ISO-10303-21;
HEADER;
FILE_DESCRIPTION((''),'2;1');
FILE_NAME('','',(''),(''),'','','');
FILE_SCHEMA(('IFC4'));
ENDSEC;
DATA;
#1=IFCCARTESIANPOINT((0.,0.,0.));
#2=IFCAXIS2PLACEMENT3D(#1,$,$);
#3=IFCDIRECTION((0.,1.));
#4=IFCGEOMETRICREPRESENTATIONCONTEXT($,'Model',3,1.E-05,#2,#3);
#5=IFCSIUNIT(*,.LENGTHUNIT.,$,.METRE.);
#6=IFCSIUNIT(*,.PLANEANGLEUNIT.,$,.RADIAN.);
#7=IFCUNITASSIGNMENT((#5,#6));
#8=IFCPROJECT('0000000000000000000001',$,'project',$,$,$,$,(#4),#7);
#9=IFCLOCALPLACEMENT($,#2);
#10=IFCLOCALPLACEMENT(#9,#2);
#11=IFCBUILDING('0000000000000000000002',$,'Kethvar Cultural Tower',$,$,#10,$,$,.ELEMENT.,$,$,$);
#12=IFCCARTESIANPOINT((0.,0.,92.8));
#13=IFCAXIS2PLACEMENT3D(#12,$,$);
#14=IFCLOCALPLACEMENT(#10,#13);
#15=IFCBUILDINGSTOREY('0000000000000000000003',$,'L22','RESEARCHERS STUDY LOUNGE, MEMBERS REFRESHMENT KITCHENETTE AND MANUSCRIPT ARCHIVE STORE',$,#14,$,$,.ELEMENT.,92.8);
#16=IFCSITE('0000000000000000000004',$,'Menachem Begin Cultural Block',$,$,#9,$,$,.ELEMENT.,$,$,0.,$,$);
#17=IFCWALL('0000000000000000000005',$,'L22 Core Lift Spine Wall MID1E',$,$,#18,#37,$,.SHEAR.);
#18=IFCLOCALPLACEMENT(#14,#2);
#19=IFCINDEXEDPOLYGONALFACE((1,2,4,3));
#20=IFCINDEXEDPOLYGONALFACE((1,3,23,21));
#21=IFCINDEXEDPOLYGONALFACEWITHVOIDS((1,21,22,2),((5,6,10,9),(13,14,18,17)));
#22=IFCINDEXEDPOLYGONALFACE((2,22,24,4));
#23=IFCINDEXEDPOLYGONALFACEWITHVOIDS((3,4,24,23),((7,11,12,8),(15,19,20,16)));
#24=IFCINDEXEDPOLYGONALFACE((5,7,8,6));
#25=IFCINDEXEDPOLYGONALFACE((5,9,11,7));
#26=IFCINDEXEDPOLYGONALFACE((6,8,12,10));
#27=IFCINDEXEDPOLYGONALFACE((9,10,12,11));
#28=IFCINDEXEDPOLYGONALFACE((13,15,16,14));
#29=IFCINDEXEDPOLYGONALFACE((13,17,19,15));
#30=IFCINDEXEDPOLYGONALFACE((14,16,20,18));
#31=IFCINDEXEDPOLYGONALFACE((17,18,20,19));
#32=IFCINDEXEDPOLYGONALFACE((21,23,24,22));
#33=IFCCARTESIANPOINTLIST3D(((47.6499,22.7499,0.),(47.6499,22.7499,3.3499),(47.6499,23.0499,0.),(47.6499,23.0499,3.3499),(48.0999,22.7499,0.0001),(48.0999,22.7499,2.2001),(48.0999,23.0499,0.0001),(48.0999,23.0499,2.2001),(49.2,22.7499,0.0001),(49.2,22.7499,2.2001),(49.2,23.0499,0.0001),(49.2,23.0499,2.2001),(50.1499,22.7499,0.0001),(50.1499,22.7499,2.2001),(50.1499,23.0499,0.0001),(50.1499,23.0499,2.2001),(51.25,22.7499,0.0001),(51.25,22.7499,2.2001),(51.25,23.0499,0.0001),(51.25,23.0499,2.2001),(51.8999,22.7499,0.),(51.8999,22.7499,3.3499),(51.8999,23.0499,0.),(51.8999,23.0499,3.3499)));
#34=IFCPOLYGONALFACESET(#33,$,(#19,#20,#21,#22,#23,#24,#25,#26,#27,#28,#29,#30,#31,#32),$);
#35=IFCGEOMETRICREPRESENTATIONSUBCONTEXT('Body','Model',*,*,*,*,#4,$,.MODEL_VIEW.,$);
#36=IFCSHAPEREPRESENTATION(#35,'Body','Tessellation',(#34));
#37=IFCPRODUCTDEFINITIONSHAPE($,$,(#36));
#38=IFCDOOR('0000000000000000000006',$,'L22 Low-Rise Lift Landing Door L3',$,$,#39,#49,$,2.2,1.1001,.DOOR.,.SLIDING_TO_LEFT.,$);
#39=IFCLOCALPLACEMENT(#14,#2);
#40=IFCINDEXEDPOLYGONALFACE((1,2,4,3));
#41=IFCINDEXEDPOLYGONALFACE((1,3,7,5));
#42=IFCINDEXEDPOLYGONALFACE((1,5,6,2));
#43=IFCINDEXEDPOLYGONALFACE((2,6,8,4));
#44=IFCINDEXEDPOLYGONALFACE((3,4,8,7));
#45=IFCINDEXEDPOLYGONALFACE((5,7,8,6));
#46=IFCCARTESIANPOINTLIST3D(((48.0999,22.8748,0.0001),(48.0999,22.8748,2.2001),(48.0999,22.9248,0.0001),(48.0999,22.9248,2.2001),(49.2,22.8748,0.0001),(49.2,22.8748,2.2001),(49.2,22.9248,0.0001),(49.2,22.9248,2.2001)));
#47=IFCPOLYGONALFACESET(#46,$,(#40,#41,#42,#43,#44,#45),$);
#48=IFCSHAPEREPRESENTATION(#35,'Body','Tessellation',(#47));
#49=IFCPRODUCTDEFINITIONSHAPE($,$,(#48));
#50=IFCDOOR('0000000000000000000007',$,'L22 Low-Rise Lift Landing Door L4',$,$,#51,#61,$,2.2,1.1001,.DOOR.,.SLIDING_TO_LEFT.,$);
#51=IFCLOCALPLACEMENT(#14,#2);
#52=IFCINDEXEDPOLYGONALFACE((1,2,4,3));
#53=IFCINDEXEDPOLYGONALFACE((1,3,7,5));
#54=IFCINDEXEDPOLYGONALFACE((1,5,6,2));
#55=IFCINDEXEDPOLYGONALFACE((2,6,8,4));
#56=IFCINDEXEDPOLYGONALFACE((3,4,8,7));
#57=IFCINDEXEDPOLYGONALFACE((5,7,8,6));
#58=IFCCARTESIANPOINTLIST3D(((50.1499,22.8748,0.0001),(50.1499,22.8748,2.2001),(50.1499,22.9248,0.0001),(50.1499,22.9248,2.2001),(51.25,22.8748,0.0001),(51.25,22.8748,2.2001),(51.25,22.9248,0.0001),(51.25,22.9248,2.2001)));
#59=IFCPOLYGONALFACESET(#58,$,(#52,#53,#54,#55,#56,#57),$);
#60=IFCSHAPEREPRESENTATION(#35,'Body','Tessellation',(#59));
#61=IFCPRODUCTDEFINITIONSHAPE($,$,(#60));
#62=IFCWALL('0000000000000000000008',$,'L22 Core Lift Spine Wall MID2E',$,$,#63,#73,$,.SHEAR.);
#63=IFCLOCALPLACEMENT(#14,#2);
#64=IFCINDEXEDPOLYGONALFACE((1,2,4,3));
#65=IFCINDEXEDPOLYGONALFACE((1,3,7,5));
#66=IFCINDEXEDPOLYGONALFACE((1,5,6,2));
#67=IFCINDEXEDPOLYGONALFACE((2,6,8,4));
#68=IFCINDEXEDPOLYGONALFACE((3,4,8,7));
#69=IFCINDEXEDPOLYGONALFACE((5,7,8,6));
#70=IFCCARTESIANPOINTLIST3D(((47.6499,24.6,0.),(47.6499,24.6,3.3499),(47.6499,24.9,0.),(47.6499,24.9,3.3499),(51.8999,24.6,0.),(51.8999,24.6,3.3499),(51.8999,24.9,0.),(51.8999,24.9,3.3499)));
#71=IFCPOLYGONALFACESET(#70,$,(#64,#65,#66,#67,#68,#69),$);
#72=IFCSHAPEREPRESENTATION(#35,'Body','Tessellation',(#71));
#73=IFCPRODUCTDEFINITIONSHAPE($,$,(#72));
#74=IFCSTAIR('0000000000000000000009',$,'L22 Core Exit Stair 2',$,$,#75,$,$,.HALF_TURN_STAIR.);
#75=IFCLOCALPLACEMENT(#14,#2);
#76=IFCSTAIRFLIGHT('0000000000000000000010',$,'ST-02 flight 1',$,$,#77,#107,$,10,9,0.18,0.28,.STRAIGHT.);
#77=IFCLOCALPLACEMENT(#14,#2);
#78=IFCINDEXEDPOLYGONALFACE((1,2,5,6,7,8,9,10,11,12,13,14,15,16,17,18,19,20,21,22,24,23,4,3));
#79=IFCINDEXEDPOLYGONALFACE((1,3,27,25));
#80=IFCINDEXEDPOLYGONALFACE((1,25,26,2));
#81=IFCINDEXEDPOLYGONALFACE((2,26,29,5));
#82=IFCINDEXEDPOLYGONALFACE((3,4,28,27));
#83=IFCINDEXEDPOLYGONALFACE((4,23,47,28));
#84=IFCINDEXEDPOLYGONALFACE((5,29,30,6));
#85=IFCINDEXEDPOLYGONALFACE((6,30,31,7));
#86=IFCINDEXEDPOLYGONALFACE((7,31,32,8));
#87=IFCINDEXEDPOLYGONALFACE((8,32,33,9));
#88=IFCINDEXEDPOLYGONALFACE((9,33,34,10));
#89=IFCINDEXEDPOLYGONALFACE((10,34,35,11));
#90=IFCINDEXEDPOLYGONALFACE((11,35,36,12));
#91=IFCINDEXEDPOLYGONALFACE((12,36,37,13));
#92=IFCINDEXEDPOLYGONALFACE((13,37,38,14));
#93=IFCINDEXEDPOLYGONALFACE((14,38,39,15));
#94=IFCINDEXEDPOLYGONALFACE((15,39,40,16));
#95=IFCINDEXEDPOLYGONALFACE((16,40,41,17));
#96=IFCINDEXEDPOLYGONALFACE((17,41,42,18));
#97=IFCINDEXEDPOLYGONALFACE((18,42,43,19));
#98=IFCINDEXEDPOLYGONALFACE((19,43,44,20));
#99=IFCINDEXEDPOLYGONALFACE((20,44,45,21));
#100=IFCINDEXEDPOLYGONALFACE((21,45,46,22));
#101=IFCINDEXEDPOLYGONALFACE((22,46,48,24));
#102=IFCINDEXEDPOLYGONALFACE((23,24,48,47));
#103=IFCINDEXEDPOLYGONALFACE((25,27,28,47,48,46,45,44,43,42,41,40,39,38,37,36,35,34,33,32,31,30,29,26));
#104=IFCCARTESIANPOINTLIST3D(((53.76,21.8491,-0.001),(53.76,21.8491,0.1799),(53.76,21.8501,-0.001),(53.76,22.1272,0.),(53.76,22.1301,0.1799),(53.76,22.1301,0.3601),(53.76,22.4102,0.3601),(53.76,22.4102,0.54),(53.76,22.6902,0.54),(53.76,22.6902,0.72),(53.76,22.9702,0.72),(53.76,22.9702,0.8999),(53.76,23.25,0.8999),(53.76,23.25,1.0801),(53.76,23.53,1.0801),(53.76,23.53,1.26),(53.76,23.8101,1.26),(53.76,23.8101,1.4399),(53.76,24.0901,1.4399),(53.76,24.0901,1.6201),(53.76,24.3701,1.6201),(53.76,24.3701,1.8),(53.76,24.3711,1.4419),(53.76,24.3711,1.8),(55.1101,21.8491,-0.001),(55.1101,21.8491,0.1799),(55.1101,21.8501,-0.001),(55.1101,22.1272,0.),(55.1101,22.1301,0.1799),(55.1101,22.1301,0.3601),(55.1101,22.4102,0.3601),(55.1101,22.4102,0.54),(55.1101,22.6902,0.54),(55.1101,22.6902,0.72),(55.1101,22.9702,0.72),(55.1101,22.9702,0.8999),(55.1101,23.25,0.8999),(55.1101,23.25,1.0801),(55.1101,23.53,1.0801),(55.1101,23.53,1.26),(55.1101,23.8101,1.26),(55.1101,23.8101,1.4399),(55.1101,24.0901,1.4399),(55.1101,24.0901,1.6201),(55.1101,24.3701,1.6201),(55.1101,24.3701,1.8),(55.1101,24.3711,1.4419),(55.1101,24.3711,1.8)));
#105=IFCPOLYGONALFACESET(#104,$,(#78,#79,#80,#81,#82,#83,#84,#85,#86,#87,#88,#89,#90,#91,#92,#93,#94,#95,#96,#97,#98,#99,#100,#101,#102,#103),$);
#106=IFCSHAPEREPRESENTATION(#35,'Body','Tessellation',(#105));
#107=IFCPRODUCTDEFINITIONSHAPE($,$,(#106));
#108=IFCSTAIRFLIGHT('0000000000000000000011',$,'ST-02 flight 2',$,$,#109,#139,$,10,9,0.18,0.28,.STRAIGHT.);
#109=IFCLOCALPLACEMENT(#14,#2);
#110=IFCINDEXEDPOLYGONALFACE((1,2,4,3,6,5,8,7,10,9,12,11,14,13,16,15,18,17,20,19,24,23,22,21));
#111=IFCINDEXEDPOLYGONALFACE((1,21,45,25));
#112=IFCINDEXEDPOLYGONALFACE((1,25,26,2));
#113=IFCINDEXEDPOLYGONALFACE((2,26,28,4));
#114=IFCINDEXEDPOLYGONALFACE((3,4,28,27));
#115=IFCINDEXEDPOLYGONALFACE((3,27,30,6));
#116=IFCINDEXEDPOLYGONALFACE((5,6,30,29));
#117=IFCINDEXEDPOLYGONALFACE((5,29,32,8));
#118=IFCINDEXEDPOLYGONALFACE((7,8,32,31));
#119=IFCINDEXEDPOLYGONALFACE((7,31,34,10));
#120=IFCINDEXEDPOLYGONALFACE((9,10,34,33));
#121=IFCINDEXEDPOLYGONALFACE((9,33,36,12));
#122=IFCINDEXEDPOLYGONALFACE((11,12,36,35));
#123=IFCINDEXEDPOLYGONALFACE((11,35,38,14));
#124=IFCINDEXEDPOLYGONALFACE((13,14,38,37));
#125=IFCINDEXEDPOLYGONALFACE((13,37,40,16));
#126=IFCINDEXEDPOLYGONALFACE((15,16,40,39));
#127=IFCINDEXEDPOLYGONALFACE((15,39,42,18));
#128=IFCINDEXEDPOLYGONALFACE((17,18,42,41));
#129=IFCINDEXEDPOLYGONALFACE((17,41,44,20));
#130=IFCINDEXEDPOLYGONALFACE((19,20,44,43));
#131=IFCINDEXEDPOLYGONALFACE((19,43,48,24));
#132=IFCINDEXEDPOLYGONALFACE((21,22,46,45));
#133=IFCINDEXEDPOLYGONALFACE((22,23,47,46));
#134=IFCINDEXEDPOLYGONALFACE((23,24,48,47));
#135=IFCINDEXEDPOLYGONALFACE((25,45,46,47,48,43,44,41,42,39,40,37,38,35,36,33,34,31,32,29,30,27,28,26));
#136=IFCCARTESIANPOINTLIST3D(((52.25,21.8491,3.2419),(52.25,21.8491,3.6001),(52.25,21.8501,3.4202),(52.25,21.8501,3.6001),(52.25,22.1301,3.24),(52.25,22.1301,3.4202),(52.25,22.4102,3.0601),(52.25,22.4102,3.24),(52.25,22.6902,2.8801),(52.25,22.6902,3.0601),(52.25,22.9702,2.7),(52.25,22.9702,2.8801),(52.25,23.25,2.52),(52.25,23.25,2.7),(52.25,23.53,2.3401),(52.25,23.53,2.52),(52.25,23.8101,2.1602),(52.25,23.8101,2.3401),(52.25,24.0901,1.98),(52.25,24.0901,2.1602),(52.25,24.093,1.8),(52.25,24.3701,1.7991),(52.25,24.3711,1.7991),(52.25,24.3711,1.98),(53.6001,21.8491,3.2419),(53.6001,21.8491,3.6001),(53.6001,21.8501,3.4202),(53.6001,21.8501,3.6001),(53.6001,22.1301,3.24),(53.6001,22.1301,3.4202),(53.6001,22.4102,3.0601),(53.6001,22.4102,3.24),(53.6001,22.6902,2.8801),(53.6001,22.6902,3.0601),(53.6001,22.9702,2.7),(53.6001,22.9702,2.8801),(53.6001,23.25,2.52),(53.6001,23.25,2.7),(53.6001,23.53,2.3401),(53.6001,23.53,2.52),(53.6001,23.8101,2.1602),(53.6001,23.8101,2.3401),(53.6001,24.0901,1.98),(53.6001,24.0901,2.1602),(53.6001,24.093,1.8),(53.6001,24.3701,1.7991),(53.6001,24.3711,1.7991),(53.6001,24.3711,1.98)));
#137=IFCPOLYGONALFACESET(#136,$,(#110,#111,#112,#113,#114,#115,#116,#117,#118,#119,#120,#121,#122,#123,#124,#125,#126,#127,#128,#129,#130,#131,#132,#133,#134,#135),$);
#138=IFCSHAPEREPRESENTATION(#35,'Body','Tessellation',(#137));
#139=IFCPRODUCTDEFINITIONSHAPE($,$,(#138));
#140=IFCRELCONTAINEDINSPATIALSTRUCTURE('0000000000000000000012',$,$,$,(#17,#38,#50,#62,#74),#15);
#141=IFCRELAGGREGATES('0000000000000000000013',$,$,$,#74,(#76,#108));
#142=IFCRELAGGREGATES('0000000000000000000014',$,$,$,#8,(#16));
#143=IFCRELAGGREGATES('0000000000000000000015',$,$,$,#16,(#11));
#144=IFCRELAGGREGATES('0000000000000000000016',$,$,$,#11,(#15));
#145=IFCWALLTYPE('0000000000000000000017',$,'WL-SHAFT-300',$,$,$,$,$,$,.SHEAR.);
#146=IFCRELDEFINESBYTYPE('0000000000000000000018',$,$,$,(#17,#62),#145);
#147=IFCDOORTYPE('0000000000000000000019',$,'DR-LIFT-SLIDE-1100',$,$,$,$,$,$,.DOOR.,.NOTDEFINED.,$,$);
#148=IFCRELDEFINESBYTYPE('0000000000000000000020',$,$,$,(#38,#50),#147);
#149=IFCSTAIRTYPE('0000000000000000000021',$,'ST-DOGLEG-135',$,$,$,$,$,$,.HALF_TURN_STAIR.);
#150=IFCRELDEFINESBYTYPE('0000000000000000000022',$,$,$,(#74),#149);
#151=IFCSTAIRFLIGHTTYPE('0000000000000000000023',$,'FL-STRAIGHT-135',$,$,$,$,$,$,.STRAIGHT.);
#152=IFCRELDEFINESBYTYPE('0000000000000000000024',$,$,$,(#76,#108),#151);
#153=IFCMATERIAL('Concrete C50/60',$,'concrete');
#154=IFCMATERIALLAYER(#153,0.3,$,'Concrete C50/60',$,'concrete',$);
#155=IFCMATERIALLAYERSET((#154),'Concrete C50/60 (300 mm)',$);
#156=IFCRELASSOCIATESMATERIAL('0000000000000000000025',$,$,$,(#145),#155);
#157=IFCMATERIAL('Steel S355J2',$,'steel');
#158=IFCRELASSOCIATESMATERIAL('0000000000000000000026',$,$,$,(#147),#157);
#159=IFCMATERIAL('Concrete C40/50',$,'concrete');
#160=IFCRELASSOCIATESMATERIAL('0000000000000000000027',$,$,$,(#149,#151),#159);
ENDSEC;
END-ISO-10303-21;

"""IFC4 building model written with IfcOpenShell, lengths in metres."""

from ifc_helpers import new_model, si_unit, direction, frame, frame_2d, origin, place, context, subcontext, project, spatial, polyline, rectangle, outline, extrude, source, transform, mapped, material, layer, layer_set, type_object, element, fill, aggregate, save


model = new_model("IFC4")

# Units and contexts
model_context = context("Model", 3, precision=1e-05, world=origin(), true_north=direction((0.0, 1.0)))
body_context = subcontext(model_context, "Body", "Model", "MODEL_VIEW")
ifc_project = project(units=[si_unit("LENGTHUNIT", "METRE"), si_unit("PLANEANGLEUNIT", "RADIAN")], contexts=[model_context])

# Site, building, storey
site_placement = place(None, origin())
site = spatial("IfcSite", under=ifc_project, at=site_placement, Name="Menachem Begin Cultural Block", CompositionType="ELEMENT", RefElevation=0.0)
building_placement = place(site_placement, origin())
building = spatial("IfcBuilding", under=site, at=building_placement, Name="Kethvar Cultural Tower", CompositionType="ELEMENT")
storey_placement = place(building_placement, frame((0.0, 0.0, 92.8)))
storey = spatial("IfcBuildingStorey", under=building, at=storey_placement, Name="L22", Description="RESEARCHERS STUDY LOUNGE, MEMBERS REFRESHMENT KITCHENETTE AND MANUSCRIPT ARCHIVE STORE", CompositionType="ELEMENT", Elevation=92.8)

# Shared definitions
ifc_material_1 = material(Name="Steel S355J2", Category="steel")

# Wall, openings, doors
ifc_material_2 = material(Name="Concrete C50/60", Category="concrete")
ifc_layer_1 = layer(ifc_material_2, 0.3, Name="Concrete C50/60", Category="concrete")
ifc_layer_set_1 = layer_set([ifc_layer_1], Name="Concrete C50/60 (300 mm)")
wall_type_1 = type_object("IfcWallType", Name="WL-SHAFT-300", PredefinedType="SHEAR", material=ifc_layer_set_1)
wall_1_placement = place(storey_placement, frame((47.6499, 22.8999, 0.0), z_axis=(0.0, 0.0, 1.0), x_axis=(1.0, 0.0, 0.0)))
wall_1 = element("IfcWall", 1, at=wall_1_placement, inside=storey, type_object=wall_type_1, Name="L22 Core Lift Spine Wall MID1E", PredefinedType="SHEAR", context=body_context, shape_type="SweptSolid", body=[
    extrude(rectangle(XDim=4.25, YDim=0.3, at=frame_2d((2.125, 0.0))), origin(), (0.0, 0.0, 1.0), 3.3499),
])
opening_1_placement = place(wall_1_placement, frame((0.45, 0.0, 0.0)))
opening_1 = element("IfcOpeningElement", 2, at=opening_1_placement, cuts=wall_1, PredefinedType="OPENING", context=body_context, shape_type="SweptSolid", body=[
    extrude(rectangle(XDim=1.1001, YDim=2.2, at=frame_2d((0.55, 1.1001))), frame((0.0, 0.1599, 0.0), z_axis=(0.0, -1.0, 0.0), x_axis=(1.0, 0.0, 0.0)), (0.0, 0.0, 1.0), 0.3201),
])
opening_2_placement = place(wall_1_placement, frame((2.5, 0.0, 0.0)))
opening_2 = element("IfcOpeningElement", 3, at=opening_2_placement, cuts=wall_1, PredefinedType="OPENING", context=body_context, shape_type="SweptSolid", body=[
    extrude(rectangle(XDim=1.1001, YDim=2.2, at=frame_2d((0.55, 1.1001))), frame((0.0, 0.1599, 0.0), z_axis=(0.0, -1.0, 0.0), x_axis=(1.0, 0.0, 0.0)), (0.0, 0.0, 1.0), 0.3201),
])
door_type = type_object("IfcDoorType", Name="DR-LIFT-SLIDE-1100", OperationType="NOTDEFINED", PredefinedType="DOOR", material=ifc_material_1)
shared_shape_1 = source(origin(), body_context, "Body", "SweptSolid", [
    extrude(rectangle(XDim=1.1001, YDim=2.2, at=frame_2d((0.55, 1.1001))), frame((0.0, 0.0249, 0.0), z_axis=(0.0, -1.0, 0.0), x_axis=(1.0, 0.0, 0.0)), (0.0, 0.0, 1.0), 0.05),
])
door_1_placement = place(opening_1_placement, origin())
door_1 = element("IfcDoor", 4, at=door_1_placement, inside=storey, type_object=door_type, Name="L22 Low-Rise Lift Landing Door L3", OperationType="SLIDING_TO_LEFT", OverallHeight=2.2, OverallWidth=1.1001, PredefinedType="DOOR", context=body_context, shape_type="MappedRepresentation", body=[
    mapped(shared_shape_1, transform((0.0, 0.0, 0.0), scale=1.0)),
])
fill(opening_1, door_1)
door_2_placement = place(opening_2_placement, origin())
door_2 = element("IfcDoor", 5, at=door_2_placement, inside=storey, type_object=door_type, Name="L22 Low-Rise Lift Landing Door L4", OperationType="SLIDING_TO_LEFT", OverallHeight=2.2, OverallWidth=1.1001, PredefinedType="DOOR", context=body_context, shape_type="MappedRepresentation", body=[
    mapped(shared_shape_1, transform((0.0, 0.0, 0.0), scale=1.0)),
])
fill(opening_2, door_2)

# Wall
wall_2_placement = place(storey_placement, frame((47.6499, 24.75, 0.0), z_axis=(0.0, 0.0, 1.0), x_axis=(1.0, 0.0, 0.0)))
element("IfcWall", 6, at=wall_2_placement, inside=storey, type_object=wall_type_1, Name="L22 Core Lift Spine Wall MID2E", PredefinedType="SHEAR", context=body_context, shape_type="SweptSolid", body=[
    extrude(rectangle(XDim=4.25, YDim=0.3, at=frame_2d((2.125, 0.0))), origin(), (0.0, 0.0, 1.0), 3.3499),
])

# Stair, stair flights
ifc_material_3 = material(Name="Concrete C40/50", Category="concrete")
stair_type = type_object("IfcStairType", Name="ST-DOGLEG-135", PredefinedType="HALF_TURN_STAIR", material=ifc_material_3)
stair_placement = place(storey_placement, origin())
stair = element("IfcStair", 7, at=stair_placement, inside=storey, type_object=stair_type, Name="L22 Core Exit Stair 2", PredefinedType="HALF_TURN_STAIR")
stair_flight_type = type_object("IfcStairFlightType", Name="FL-STRAIGHT-135", PredefinedType="STRAIGHT", material=ifc_material_3)
stair_flight_1_placement = place(storey_placement, frame((54.4351, 21.8501, 0.0), z_axis=(0.0, 0.0, 1.0), x_axis=(0.0, 1.0, 0.0)))
stair_flight_1 = element("IfcStairFlight", 8, at=stair_flight_1_placement, type_object=stair_flight_type, Name="ST-02 flight 1", NumberOfRisers=10, NumberOfTreads=9, PredefinedType="STRAIGHT", RiserHeight=0.18, TreadLength=0.28, context=body_context, shape_type="SweptSolid", body=[
    extrude(outline(polyline([(-0.001, -0.001), (-0.001, 0.1799), (0.28, 0.1799), (0.28, 0.3601), (0.5601, 0.3601), (0.5601, 0.54), (0.8401, 0.54), (0.8401, 0.72), (1.1201, 0.72), (1.1201, 0.8999), (1.3999, 0.8999), (1.3999, 1.0801), (1.6799, 1.0801), (1.6799, 1.26), (1.96, 1.26), (1.96, 1.4399), (2.24, 1.4399), (2.24, 1.6201), (2.52, 1.6201), (2.52, 1.8), (2.521, 1.8), (2.521, 1.4419), (0.2771, 0.0), (0.0, -0.001), (-0.001, -0.001)])), frame((0.0, 0.675, 0.0), z_axis=(0.0, -1.0, 0.0), x_axis=(1.0, 0.0, 0.0)), (0.0, 0.0, 1.0), 1.3501),
])
stair_flight_2_placement = place(storey_placement, frame((52.925, 24.3701, 1.8), z_axis=(0.0, 0.0, 1.0), x_axis=(0.0, -1.0, 0.0)))
stair_flight_2 = element("IfcStairFlight", 9, at=stair_flight_2_placement, type_object=stair_flight_type, Name="ST-02 flight 2", NumberOfRisers=10, NumberOfTreads=9, PredefinedType="STRAIGHT", RiserHeight=0.18, TreadLength=0.28, context=body_context, shape_type="SweptSolid", body=[
    extrude(outline(polyline([(-0.001, -0.001), (-0.001, 0.1799), (0.28, 0.1799), (0.28, 0.3601), (0.5601, 0.3601), (0.5601, 0.54), (0.8401, 0.54), (0.8401, 0.72), (1.1201, 0.72), (1.1201, 0.8999), (1.3999, 0.8999), (1.3999, 1.0801), (1.6799, 1.0801), (1.6799, 1.26), (1.96, 1.26), (1.96, 1.4399), (2.24, 1.4399), (2.24, 1.6201), (2.52, 1.6201), (2.52, 1.8), (2.521, 1.8), (2.521, 1.4419), (0.2771, 0.0), (0.0, -0.001), (-0.001, -0.001)])), frame((0.0, 0.675, 0.0), z_axis=(0.0, -1.0, 0.0), x_axis=(1.0, 0.0, 0.0)), (0.0, 0.0, 1.0), 1.3501),
])
aggregate(stair, [stair_flight_1, stair_flight_2])

save(model, "model.ifc")
